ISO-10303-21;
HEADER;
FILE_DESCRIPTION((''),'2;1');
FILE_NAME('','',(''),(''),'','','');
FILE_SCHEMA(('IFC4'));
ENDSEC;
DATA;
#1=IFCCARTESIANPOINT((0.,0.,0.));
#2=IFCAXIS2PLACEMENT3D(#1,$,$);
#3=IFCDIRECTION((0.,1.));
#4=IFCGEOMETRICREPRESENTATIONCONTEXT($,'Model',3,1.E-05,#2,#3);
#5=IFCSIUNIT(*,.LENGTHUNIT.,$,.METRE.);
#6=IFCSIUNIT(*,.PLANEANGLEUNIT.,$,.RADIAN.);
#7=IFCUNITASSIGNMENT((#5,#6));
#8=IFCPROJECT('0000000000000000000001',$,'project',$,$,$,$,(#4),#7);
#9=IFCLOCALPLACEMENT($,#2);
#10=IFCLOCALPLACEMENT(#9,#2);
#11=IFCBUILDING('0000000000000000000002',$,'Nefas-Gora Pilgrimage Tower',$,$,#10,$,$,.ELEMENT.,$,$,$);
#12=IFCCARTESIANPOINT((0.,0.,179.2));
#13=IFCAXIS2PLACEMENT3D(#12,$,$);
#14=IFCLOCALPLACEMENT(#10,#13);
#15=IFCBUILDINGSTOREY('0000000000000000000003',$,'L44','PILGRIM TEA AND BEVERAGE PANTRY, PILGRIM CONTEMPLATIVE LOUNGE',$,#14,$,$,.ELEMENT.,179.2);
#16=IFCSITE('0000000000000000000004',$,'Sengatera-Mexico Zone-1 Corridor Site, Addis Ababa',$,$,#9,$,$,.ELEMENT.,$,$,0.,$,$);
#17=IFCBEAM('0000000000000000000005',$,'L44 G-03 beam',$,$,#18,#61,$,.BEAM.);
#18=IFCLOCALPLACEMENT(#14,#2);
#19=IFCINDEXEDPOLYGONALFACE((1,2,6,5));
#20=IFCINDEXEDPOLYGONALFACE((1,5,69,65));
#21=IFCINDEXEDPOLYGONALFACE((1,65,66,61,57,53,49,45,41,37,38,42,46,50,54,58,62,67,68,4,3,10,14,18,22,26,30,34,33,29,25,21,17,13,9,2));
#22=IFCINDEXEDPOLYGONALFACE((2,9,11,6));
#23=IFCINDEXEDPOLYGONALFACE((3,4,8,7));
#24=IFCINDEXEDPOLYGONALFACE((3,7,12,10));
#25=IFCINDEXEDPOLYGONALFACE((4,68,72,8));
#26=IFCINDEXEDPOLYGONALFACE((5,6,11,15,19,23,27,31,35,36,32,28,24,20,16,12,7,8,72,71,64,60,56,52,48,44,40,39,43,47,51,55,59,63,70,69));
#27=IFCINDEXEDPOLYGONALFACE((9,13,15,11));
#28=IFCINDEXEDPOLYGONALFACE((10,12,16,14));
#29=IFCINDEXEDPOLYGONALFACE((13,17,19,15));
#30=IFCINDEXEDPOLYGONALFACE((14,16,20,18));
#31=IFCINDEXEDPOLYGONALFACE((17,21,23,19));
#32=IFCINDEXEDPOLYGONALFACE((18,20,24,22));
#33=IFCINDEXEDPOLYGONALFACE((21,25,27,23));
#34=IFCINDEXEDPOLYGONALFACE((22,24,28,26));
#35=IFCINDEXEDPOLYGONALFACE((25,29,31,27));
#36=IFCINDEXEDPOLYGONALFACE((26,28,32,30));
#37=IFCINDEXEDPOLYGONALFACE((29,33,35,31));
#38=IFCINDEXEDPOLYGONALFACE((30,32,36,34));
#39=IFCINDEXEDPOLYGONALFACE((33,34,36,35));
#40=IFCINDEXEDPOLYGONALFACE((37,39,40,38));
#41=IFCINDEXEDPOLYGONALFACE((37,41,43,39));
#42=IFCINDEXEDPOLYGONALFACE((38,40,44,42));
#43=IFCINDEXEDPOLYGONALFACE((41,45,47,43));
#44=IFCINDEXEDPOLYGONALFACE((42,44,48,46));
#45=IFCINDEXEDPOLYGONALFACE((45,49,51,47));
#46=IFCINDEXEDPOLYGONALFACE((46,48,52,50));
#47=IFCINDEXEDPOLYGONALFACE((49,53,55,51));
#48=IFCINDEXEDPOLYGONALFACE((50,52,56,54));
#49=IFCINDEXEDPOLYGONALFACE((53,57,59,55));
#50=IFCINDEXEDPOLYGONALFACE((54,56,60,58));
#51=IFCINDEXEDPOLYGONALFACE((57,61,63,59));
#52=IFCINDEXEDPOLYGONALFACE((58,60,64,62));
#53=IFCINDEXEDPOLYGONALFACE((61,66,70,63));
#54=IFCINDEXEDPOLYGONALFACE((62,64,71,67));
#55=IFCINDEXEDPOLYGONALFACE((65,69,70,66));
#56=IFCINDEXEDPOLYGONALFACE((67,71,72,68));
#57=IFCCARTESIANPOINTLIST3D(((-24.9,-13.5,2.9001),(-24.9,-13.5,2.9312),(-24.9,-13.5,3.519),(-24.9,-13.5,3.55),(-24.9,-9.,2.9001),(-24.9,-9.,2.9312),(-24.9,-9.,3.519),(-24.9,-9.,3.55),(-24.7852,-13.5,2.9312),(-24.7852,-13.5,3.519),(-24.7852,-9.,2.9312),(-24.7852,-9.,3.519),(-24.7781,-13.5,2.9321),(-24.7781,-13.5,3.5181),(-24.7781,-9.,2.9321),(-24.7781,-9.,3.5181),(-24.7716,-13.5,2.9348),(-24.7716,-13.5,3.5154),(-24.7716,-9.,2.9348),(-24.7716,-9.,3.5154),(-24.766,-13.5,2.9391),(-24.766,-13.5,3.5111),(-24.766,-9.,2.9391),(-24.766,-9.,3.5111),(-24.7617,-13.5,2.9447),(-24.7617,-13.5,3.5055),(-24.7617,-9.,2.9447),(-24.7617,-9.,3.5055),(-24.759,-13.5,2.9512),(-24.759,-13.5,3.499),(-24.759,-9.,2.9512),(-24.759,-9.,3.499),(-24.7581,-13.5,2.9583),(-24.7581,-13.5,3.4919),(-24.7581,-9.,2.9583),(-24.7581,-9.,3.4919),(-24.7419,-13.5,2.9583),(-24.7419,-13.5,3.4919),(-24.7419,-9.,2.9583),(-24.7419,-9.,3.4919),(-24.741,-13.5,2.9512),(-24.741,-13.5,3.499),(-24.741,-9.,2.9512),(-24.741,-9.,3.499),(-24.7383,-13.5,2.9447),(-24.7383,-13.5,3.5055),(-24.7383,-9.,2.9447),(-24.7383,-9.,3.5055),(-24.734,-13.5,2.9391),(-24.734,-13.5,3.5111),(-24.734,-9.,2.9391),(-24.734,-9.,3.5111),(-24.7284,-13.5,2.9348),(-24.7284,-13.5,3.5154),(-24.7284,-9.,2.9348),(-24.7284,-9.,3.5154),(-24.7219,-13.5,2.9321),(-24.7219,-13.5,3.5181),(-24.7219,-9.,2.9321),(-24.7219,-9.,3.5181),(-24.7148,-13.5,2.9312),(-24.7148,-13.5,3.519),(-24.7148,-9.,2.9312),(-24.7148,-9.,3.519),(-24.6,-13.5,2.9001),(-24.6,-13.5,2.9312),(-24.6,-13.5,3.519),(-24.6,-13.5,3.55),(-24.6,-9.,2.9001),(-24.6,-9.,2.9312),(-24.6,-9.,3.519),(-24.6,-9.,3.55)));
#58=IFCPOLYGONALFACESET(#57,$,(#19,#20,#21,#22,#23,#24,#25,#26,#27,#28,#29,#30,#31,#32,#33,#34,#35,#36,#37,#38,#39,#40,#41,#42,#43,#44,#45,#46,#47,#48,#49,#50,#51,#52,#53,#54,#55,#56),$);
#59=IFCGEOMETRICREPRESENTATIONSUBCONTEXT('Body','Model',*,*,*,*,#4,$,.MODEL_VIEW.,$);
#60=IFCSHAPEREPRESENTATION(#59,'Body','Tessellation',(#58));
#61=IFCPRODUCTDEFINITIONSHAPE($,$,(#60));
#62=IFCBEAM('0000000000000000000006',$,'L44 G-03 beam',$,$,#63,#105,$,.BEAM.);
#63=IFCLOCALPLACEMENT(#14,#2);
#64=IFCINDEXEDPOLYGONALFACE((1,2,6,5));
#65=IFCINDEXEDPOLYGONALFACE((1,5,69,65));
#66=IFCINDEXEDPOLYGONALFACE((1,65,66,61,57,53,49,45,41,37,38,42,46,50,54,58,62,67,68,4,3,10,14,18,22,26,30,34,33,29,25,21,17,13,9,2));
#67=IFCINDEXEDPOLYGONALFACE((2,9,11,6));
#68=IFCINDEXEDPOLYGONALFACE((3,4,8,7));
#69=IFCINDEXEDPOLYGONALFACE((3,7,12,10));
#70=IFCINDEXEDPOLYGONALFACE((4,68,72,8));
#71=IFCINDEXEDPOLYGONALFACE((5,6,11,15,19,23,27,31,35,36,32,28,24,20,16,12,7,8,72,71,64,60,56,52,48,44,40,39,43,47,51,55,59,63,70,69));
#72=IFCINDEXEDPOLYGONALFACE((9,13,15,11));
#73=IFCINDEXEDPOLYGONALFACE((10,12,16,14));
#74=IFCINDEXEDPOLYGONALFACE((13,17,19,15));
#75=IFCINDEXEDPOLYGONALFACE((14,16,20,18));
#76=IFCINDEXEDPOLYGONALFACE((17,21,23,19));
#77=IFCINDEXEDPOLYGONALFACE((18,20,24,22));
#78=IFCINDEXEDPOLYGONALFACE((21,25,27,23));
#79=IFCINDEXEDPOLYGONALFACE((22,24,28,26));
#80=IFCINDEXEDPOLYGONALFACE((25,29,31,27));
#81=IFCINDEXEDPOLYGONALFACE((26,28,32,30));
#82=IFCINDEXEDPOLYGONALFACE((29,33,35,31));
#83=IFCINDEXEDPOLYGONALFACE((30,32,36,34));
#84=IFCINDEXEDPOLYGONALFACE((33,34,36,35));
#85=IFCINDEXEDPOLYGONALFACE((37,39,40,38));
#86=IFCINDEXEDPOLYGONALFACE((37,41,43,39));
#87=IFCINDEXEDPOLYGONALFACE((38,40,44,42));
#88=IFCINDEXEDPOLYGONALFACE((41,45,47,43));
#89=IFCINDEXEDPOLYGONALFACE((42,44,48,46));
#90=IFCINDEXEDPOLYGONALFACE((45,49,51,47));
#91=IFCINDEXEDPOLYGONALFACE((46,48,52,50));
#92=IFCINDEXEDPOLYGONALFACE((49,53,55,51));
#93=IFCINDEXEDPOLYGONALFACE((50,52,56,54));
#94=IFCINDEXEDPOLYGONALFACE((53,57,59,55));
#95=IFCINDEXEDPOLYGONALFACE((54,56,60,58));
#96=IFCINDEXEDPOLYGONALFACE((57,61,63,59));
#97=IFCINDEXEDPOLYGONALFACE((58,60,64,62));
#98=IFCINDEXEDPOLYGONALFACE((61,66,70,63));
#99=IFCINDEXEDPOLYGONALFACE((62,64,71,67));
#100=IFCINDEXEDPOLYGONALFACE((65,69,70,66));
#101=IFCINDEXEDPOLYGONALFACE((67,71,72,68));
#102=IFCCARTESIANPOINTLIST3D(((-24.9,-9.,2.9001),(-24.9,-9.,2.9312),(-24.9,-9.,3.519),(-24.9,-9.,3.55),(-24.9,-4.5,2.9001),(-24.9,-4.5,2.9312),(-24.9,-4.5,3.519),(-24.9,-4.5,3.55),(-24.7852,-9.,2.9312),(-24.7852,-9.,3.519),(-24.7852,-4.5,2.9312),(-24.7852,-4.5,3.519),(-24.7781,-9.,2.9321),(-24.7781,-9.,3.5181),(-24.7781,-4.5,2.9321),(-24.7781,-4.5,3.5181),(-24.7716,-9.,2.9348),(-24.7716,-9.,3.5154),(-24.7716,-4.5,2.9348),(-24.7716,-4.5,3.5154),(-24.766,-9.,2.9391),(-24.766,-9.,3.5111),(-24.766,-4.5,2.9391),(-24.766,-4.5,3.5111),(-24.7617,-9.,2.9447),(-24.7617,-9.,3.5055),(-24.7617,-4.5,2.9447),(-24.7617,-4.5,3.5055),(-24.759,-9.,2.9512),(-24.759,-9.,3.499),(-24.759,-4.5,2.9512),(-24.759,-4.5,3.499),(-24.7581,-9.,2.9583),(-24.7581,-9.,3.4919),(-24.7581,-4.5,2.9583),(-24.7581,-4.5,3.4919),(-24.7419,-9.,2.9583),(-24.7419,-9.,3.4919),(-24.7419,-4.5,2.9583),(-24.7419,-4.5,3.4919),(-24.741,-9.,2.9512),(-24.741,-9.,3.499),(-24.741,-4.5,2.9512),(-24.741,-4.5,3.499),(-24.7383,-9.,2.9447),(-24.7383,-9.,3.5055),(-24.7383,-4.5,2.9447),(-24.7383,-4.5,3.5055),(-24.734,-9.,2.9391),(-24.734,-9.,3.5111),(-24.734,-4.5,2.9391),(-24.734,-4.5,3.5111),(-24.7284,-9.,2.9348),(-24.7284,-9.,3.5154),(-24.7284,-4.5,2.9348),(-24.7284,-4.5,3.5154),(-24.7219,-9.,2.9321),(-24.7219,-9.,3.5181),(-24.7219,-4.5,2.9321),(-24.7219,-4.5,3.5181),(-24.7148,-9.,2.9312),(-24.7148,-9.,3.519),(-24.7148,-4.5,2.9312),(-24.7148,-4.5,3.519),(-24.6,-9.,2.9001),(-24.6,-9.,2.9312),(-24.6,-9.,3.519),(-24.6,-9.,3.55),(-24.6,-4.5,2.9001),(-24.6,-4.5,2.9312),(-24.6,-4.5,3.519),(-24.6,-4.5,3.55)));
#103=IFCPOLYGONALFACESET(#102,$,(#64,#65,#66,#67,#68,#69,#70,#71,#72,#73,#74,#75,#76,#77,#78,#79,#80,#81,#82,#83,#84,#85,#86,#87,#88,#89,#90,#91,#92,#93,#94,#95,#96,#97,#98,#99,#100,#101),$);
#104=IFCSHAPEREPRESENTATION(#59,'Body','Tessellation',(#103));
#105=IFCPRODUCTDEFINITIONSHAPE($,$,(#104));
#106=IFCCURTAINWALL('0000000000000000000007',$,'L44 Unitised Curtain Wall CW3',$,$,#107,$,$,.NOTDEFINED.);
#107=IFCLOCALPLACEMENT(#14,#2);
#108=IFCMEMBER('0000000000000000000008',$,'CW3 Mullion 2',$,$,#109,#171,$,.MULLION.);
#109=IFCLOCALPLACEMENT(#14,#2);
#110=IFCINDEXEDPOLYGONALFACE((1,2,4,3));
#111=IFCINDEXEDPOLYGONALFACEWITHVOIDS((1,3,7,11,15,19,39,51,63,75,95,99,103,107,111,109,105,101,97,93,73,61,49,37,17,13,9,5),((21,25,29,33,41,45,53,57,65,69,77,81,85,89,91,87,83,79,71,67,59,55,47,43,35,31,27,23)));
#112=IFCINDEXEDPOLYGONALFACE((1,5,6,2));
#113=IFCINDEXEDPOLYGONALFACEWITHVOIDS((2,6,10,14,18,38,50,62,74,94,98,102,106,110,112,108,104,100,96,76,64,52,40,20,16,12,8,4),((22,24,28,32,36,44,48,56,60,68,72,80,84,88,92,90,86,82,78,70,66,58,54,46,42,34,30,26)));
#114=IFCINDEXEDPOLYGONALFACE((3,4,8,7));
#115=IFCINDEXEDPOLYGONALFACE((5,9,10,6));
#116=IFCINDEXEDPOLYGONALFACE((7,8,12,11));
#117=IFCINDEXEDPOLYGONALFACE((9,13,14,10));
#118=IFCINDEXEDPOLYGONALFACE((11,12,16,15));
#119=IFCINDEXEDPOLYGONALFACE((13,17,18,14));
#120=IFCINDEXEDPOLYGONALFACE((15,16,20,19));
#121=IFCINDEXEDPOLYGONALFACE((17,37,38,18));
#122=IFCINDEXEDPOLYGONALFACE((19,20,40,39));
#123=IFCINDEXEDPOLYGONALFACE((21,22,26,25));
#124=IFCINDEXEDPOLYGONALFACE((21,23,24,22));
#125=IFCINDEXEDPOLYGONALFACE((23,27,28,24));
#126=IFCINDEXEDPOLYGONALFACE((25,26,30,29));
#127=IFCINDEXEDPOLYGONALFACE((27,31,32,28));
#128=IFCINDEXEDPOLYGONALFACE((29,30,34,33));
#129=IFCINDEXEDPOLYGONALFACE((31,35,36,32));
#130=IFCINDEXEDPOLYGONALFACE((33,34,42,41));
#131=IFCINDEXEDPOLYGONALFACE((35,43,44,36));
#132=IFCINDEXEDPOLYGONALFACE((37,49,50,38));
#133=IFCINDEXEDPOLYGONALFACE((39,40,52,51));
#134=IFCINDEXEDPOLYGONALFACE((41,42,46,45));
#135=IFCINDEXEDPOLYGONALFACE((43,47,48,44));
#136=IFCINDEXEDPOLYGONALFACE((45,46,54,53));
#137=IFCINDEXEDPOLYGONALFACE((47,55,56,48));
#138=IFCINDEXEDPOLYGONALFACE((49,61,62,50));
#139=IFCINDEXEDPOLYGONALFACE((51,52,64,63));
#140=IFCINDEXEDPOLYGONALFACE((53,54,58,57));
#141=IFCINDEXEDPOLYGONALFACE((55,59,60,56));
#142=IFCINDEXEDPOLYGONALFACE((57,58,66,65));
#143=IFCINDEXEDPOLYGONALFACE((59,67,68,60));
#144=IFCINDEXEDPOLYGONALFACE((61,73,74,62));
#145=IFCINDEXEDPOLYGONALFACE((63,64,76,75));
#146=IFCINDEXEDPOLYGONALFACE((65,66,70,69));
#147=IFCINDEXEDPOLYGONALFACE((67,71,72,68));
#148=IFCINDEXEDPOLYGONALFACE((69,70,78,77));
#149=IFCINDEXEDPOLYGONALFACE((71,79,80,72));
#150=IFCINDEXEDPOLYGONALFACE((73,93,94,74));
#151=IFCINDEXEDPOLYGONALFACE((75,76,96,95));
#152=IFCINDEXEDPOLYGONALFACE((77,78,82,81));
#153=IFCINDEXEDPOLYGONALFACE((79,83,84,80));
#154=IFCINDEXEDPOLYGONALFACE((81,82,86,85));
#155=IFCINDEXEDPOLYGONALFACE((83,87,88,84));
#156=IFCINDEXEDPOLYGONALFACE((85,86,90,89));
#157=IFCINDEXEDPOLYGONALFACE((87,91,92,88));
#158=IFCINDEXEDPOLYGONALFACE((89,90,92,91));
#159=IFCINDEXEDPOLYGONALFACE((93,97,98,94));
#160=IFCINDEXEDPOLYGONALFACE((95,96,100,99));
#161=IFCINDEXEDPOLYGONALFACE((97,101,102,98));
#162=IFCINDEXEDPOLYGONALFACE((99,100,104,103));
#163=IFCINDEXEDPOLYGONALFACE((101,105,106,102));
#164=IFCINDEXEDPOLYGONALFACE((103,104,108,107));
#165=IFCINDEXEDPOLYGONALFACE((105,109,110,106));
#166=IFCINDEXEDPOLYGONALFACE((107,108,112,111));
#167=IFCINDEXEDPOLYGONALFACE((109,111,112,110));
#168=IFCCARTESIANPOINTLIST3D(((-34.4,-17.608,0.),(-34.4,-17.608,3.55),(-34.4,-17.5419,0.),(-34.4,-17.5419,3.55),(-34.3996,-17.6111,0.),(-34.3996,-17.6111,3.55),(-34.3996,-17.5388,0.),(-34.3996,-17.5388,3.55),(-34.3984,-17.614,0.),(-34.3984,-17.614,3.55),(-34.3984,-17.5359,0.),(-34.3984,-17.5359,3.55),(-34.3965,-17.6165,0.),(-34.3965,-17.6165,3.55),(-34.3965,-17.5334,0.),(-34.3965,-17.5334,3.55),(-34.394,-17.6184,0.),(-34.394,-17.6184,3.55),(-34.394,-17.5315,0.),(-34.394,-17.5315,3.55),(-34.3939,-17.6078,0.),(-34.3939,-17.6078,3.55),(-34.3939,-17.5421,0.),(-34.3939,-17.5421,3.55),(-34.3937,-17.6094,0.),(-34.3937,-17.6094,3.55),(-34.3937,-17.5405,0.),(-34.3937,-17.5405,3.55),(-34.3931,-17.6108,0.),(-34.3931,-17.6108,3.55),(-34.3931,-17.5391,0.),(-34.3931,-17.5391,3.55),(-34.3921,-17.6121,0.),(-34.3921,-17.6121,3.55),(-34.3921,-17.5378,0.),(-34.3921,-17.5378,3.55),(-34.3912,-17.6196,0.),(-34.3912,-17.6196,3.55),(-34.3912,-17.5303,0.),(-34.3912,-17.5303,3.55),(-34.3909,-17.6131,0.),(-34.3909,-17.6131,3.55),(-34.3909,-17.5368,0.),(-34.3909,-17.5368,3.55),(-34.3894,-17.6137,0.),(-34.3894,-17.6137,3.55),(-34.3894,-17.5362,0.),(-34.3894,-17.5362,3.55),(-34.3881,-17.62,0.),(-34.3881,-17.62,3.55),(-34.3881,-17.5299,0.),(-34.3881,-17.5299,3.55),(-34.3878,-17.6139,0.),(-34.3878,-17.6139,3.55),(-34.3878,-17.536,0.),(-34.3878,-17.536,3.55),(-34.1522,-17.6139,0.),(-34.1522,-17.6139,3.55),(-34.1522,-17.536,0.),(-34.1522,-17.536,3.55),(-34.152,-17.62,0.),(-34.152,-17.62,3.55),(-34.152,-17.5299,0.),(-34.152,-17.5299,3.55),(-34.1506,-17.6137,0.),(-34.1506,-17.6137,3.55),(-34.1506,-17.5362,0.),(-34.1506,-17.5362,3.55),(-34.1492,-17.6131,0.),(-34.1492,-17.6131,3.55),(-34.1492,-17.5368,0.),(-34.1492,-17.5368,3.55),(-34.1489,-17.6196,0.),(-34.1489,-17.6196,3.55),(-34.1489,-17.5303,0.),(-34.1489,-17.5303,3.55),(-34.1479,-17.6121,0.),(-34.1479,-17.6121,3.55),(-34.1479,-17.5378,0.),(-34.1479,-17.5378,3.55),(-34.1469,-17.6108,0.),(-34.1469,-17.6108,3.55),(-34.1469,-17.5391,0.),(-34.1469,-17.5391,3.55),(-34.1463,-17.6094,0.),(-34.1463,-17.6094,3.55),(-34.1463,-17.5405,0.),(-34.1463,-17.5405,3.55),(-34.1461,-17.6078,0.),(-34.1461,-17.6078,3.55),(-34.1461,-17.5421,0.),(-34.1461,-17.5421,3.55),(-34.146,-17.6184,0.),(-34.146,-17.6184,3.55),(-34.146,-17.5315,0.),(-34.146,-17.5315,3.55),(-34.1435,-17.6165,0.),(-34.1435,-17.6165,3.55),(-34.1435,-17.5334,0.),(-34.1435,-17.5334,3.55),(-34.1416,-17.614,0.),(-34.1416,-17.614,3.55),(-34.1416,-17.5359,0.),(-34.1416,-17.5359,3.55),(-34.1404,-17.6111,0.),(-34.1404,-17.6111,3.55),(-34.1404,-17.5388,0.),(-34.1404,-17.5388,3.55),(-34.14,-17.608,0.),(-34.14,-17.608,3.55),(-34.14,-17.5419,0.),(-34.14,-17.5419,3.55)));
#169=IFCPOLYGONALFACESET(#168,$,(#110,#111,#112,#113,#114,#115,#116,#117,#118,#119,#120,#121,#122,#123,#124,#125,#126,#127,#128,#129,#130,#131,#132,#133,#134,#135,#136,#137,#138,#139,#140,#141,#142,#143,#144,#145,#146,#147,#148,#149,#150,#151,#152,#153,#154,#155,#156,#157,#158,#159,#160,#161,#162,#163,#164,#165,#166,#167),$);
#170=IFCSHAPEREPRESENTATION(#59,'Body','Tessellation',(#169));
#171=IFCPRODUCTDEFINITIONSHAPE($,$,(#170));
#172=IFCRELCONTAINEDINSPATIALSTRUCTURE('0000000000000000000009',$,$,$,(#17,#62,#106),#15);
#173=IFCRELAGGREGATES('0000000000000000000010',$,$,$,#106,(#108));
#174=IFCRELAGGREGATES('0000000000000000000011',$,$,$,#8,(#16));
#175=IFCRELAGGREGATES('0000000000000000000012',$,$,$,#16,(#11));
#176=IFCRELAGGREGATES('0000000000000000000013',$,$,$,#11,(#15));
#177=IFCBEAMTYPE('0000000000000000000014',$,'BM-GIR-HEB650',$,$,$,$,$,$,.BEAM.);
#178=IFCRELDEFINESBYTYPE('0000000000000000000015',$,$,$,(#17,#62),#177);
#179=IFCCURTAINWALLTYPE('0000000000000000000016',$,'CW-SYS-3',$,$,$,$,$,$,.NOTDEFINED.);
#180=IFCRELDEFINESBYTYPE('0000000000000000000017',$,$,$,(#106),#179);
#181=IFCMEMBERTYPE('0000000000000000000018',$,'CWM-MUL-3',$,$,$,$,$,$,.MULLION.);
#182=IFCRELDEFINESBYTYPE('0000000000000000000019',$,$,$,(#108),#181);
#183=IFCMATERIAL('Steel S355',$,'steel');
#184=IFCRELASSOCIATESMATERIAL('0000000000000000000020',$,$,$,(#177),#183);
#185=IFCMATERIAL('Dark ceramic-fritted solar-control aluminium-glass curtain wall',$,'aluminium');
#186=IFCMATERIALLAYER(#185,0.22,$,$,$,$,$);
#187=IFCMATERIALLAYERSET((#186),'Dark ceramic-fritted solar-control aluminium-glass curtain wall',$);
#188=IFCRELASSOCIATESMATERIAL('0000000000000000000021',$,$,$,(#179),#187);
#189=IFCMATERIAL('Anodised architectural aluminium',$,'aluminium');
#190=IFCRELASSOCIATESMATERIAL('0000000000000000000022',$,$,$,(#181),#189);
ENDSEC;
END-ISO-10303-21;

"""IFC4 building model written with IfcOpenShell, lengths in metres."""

from ifc_helpers import new_model, si_unit, direction, frame, origin, origin_2d, place, context, subcontext, project, spatial, hollow_rectangle, i_section, extrude, source, transform, mapped, material, layer, layer_set, material_profile, profile_set, type_object, element, aggregate, save


model = new_model("IFC4")

# Units and contexts
model_context = context("Model", 3, precision=1e-05, world=origin(), true_north=direction((0.0, 1.0)))
body_context = subcontext(model_context, "Body", "Model", "MODEL_VIEW")
ifc_project = project(units=[si_unit("LENGTHUNIT", "METRE"), si_unit("PLANEANGLEUNIT", "RADIAN")], contexts=[model_context])

# Site, building, storey
site_placement = place(None, origin())
site = spatial("IfcSite", under=ifc_project, at=site_placement, Name="Sengatera-Mexico Zone-1 Corridor Site, Addis Ababa", CompositionType="ELEMENT", RefElevation=0.0)
building_placement = place(site_placement, origin())
building = spatial("IfcBuilding", under=site, at=building_placement, Name="Nefas-Gora Pilgrimage Tower", CompositionType="ELEMENT")
storey_placement = place(building_placement, frame((0.0, 0.0, 179.2)))
storey = spatial("IfcBuildingStorey", under=building, at=storey_placement, Name="L44", Description="PILGRIM TEA AND BEVERAGE PANTRY, PILGRIM CONTEMPLATIVE LOUNGE", CompositionType="ELEMENT", Elevation=179.2)

# Beams
ifc_material_1 = material(Name="Steel S355", Category="steel")
ifc_material_profile_1 = material_profile(ifc_material_1, i_section(OverallWidth=0.3, OverallDepth=0.6499, WebThickness=0.0161, FlangeThickness=0.031, FilletRadius=0.0271, at=origin_2d()), Name="HEB 650")
ifc_profile_set_1 = profile_set([ifc_material_profile_1], Name="Steel S355")
beam_type_1 = type_object("IfcBeamType", Name="BM-GIR-HEB650", PredefinedType="BEAM", material=ifc_profile_set_1)
shared_shape_1 = source(origin(), body_context, "Body", "SweptSolid", [
    extrude(i_section(OverallWidth=0.3, OverallDepth=0.6499, WebThickness=0.0161, FlangeThickness=0.031, FilletRadius=0.0271, at=origin_2d()), origin(), (0.0, 0.0, 1.0), 4.5),
])
for number, where, z_axis, x_axis, name in (
    (1, (-24.75, -13.5, 3.2251), (0.0, 1.0, 0.0), (-1.0, 0.0, 0.0), "L44 G-03 beam"),
    (2, (-24.75, -9.0, 3.2251), (0.0, 1.0, 0.0), (-1.0, 0.0, 0.0), "L44 G-03 beam"),
):
    element("IfcBeam", number, at=place(storey_placement, frame(where, z_axis=z_axis, x_axis=x_axis)), inside=storey, type_object=beam_type_1, Name=name, PredefinedType="BEAM", context=body_context, shape_type="MappedRepresentation", body=[
        mapped(shared_shape_1, transform((0.0, 0.0, 0.0), x_axis=(1.0, 0.0, 0.0), y_axis=(0.0, 1.0, 0.0), z_axis=(0.0, 0.0, 1.0), scale=1.0)),
    ])

# Curtain wall, member
ifc_material_2 = material(Name="Dark ceramic-fritted solar-control aluminium-glass curtain wall", Category="aluminium")
ifc_layer_1 = layer(ifc_material_2, 0.22)
ifc_layer_set_1 = layer_set([ifc_layer_1], Name="Dark ceramic-fritted solar-control aluminium-glass curtain wall")
curtain_wall_type = type_object("IfcCurtainWallType", Name="CW-SYS-3", PredefinedType="NOTDEFINED", material=ifc_layer_set_1)
curtain_wall_1_placement = place(storey_placement, origin())
curtain_wall_1 = element("IfcCurtainWall", 3, at=curtain_wall_1_placement, inside=storey, type_object=curtain_wall_type, Name="L44 Unitised Curtain Wall CW3", PredefinedType="NOTDEFINED")
ifc_material_3 = material(Name="Anodised architectural aluminium", Category="aluminium")
ifc_material_profile_2 = material_profile(ifc_material_3, hollow_rectangle(XDim=0.0901, YDim=0.26, WallThickness=0.0061, InnerFilletRadius=0.0061, OuterFilletRadius=0.012, at=origin_2d()), Name="ALU MULLION 90x260")
ifc_profile_set_2 = profile_set([ifc_material_profile_2], Name="Anodised architectural aluminium")
member_type_1 = type_object("IfcMemberType", Name="CWM-MUL-3", PredefinedType="MULLION", material=ifc_profile_set_2)
shared_shape_2 = source(origin(), body_context, "Body", "SweptSolid", [
    extrude(hollow_rectangle(XDim=0.0901, YDim=0.26, WallThickness=0.0061, InnerFilletRadius=0.0061, OuterFilletRadius=0.012, at=origin_2d()), origin(), (0.0, 0.0, 1.0), 3.55),
])
member_1_placement = place(storey_placement, frame((-34.27, -17.575, 0.0), z_axis=(0.0, 0.0, 1.0), x_axis=(0.0, -1.0, 0.0)))
member_1 = element("IfcMember", 4, at=member_1_placement, type_object=member_type_1, Name="CW3 Mullion 2", PredefinedType="MULLION", context=body_context, shape_type="MappedRepresentation", body=[
    mapped(shared_shape_2, transform((0.0, 0.0, 0.0), x_axis=(1.0, 0.0, 0.0), y_axis=(0.0, 1.0, 0.0), z_axis=(0.0, 0.0, 1.0), scale=1.0)),
])
aggregate(curtain_wall_1, [member_1])

save(model, "model.ifc")
